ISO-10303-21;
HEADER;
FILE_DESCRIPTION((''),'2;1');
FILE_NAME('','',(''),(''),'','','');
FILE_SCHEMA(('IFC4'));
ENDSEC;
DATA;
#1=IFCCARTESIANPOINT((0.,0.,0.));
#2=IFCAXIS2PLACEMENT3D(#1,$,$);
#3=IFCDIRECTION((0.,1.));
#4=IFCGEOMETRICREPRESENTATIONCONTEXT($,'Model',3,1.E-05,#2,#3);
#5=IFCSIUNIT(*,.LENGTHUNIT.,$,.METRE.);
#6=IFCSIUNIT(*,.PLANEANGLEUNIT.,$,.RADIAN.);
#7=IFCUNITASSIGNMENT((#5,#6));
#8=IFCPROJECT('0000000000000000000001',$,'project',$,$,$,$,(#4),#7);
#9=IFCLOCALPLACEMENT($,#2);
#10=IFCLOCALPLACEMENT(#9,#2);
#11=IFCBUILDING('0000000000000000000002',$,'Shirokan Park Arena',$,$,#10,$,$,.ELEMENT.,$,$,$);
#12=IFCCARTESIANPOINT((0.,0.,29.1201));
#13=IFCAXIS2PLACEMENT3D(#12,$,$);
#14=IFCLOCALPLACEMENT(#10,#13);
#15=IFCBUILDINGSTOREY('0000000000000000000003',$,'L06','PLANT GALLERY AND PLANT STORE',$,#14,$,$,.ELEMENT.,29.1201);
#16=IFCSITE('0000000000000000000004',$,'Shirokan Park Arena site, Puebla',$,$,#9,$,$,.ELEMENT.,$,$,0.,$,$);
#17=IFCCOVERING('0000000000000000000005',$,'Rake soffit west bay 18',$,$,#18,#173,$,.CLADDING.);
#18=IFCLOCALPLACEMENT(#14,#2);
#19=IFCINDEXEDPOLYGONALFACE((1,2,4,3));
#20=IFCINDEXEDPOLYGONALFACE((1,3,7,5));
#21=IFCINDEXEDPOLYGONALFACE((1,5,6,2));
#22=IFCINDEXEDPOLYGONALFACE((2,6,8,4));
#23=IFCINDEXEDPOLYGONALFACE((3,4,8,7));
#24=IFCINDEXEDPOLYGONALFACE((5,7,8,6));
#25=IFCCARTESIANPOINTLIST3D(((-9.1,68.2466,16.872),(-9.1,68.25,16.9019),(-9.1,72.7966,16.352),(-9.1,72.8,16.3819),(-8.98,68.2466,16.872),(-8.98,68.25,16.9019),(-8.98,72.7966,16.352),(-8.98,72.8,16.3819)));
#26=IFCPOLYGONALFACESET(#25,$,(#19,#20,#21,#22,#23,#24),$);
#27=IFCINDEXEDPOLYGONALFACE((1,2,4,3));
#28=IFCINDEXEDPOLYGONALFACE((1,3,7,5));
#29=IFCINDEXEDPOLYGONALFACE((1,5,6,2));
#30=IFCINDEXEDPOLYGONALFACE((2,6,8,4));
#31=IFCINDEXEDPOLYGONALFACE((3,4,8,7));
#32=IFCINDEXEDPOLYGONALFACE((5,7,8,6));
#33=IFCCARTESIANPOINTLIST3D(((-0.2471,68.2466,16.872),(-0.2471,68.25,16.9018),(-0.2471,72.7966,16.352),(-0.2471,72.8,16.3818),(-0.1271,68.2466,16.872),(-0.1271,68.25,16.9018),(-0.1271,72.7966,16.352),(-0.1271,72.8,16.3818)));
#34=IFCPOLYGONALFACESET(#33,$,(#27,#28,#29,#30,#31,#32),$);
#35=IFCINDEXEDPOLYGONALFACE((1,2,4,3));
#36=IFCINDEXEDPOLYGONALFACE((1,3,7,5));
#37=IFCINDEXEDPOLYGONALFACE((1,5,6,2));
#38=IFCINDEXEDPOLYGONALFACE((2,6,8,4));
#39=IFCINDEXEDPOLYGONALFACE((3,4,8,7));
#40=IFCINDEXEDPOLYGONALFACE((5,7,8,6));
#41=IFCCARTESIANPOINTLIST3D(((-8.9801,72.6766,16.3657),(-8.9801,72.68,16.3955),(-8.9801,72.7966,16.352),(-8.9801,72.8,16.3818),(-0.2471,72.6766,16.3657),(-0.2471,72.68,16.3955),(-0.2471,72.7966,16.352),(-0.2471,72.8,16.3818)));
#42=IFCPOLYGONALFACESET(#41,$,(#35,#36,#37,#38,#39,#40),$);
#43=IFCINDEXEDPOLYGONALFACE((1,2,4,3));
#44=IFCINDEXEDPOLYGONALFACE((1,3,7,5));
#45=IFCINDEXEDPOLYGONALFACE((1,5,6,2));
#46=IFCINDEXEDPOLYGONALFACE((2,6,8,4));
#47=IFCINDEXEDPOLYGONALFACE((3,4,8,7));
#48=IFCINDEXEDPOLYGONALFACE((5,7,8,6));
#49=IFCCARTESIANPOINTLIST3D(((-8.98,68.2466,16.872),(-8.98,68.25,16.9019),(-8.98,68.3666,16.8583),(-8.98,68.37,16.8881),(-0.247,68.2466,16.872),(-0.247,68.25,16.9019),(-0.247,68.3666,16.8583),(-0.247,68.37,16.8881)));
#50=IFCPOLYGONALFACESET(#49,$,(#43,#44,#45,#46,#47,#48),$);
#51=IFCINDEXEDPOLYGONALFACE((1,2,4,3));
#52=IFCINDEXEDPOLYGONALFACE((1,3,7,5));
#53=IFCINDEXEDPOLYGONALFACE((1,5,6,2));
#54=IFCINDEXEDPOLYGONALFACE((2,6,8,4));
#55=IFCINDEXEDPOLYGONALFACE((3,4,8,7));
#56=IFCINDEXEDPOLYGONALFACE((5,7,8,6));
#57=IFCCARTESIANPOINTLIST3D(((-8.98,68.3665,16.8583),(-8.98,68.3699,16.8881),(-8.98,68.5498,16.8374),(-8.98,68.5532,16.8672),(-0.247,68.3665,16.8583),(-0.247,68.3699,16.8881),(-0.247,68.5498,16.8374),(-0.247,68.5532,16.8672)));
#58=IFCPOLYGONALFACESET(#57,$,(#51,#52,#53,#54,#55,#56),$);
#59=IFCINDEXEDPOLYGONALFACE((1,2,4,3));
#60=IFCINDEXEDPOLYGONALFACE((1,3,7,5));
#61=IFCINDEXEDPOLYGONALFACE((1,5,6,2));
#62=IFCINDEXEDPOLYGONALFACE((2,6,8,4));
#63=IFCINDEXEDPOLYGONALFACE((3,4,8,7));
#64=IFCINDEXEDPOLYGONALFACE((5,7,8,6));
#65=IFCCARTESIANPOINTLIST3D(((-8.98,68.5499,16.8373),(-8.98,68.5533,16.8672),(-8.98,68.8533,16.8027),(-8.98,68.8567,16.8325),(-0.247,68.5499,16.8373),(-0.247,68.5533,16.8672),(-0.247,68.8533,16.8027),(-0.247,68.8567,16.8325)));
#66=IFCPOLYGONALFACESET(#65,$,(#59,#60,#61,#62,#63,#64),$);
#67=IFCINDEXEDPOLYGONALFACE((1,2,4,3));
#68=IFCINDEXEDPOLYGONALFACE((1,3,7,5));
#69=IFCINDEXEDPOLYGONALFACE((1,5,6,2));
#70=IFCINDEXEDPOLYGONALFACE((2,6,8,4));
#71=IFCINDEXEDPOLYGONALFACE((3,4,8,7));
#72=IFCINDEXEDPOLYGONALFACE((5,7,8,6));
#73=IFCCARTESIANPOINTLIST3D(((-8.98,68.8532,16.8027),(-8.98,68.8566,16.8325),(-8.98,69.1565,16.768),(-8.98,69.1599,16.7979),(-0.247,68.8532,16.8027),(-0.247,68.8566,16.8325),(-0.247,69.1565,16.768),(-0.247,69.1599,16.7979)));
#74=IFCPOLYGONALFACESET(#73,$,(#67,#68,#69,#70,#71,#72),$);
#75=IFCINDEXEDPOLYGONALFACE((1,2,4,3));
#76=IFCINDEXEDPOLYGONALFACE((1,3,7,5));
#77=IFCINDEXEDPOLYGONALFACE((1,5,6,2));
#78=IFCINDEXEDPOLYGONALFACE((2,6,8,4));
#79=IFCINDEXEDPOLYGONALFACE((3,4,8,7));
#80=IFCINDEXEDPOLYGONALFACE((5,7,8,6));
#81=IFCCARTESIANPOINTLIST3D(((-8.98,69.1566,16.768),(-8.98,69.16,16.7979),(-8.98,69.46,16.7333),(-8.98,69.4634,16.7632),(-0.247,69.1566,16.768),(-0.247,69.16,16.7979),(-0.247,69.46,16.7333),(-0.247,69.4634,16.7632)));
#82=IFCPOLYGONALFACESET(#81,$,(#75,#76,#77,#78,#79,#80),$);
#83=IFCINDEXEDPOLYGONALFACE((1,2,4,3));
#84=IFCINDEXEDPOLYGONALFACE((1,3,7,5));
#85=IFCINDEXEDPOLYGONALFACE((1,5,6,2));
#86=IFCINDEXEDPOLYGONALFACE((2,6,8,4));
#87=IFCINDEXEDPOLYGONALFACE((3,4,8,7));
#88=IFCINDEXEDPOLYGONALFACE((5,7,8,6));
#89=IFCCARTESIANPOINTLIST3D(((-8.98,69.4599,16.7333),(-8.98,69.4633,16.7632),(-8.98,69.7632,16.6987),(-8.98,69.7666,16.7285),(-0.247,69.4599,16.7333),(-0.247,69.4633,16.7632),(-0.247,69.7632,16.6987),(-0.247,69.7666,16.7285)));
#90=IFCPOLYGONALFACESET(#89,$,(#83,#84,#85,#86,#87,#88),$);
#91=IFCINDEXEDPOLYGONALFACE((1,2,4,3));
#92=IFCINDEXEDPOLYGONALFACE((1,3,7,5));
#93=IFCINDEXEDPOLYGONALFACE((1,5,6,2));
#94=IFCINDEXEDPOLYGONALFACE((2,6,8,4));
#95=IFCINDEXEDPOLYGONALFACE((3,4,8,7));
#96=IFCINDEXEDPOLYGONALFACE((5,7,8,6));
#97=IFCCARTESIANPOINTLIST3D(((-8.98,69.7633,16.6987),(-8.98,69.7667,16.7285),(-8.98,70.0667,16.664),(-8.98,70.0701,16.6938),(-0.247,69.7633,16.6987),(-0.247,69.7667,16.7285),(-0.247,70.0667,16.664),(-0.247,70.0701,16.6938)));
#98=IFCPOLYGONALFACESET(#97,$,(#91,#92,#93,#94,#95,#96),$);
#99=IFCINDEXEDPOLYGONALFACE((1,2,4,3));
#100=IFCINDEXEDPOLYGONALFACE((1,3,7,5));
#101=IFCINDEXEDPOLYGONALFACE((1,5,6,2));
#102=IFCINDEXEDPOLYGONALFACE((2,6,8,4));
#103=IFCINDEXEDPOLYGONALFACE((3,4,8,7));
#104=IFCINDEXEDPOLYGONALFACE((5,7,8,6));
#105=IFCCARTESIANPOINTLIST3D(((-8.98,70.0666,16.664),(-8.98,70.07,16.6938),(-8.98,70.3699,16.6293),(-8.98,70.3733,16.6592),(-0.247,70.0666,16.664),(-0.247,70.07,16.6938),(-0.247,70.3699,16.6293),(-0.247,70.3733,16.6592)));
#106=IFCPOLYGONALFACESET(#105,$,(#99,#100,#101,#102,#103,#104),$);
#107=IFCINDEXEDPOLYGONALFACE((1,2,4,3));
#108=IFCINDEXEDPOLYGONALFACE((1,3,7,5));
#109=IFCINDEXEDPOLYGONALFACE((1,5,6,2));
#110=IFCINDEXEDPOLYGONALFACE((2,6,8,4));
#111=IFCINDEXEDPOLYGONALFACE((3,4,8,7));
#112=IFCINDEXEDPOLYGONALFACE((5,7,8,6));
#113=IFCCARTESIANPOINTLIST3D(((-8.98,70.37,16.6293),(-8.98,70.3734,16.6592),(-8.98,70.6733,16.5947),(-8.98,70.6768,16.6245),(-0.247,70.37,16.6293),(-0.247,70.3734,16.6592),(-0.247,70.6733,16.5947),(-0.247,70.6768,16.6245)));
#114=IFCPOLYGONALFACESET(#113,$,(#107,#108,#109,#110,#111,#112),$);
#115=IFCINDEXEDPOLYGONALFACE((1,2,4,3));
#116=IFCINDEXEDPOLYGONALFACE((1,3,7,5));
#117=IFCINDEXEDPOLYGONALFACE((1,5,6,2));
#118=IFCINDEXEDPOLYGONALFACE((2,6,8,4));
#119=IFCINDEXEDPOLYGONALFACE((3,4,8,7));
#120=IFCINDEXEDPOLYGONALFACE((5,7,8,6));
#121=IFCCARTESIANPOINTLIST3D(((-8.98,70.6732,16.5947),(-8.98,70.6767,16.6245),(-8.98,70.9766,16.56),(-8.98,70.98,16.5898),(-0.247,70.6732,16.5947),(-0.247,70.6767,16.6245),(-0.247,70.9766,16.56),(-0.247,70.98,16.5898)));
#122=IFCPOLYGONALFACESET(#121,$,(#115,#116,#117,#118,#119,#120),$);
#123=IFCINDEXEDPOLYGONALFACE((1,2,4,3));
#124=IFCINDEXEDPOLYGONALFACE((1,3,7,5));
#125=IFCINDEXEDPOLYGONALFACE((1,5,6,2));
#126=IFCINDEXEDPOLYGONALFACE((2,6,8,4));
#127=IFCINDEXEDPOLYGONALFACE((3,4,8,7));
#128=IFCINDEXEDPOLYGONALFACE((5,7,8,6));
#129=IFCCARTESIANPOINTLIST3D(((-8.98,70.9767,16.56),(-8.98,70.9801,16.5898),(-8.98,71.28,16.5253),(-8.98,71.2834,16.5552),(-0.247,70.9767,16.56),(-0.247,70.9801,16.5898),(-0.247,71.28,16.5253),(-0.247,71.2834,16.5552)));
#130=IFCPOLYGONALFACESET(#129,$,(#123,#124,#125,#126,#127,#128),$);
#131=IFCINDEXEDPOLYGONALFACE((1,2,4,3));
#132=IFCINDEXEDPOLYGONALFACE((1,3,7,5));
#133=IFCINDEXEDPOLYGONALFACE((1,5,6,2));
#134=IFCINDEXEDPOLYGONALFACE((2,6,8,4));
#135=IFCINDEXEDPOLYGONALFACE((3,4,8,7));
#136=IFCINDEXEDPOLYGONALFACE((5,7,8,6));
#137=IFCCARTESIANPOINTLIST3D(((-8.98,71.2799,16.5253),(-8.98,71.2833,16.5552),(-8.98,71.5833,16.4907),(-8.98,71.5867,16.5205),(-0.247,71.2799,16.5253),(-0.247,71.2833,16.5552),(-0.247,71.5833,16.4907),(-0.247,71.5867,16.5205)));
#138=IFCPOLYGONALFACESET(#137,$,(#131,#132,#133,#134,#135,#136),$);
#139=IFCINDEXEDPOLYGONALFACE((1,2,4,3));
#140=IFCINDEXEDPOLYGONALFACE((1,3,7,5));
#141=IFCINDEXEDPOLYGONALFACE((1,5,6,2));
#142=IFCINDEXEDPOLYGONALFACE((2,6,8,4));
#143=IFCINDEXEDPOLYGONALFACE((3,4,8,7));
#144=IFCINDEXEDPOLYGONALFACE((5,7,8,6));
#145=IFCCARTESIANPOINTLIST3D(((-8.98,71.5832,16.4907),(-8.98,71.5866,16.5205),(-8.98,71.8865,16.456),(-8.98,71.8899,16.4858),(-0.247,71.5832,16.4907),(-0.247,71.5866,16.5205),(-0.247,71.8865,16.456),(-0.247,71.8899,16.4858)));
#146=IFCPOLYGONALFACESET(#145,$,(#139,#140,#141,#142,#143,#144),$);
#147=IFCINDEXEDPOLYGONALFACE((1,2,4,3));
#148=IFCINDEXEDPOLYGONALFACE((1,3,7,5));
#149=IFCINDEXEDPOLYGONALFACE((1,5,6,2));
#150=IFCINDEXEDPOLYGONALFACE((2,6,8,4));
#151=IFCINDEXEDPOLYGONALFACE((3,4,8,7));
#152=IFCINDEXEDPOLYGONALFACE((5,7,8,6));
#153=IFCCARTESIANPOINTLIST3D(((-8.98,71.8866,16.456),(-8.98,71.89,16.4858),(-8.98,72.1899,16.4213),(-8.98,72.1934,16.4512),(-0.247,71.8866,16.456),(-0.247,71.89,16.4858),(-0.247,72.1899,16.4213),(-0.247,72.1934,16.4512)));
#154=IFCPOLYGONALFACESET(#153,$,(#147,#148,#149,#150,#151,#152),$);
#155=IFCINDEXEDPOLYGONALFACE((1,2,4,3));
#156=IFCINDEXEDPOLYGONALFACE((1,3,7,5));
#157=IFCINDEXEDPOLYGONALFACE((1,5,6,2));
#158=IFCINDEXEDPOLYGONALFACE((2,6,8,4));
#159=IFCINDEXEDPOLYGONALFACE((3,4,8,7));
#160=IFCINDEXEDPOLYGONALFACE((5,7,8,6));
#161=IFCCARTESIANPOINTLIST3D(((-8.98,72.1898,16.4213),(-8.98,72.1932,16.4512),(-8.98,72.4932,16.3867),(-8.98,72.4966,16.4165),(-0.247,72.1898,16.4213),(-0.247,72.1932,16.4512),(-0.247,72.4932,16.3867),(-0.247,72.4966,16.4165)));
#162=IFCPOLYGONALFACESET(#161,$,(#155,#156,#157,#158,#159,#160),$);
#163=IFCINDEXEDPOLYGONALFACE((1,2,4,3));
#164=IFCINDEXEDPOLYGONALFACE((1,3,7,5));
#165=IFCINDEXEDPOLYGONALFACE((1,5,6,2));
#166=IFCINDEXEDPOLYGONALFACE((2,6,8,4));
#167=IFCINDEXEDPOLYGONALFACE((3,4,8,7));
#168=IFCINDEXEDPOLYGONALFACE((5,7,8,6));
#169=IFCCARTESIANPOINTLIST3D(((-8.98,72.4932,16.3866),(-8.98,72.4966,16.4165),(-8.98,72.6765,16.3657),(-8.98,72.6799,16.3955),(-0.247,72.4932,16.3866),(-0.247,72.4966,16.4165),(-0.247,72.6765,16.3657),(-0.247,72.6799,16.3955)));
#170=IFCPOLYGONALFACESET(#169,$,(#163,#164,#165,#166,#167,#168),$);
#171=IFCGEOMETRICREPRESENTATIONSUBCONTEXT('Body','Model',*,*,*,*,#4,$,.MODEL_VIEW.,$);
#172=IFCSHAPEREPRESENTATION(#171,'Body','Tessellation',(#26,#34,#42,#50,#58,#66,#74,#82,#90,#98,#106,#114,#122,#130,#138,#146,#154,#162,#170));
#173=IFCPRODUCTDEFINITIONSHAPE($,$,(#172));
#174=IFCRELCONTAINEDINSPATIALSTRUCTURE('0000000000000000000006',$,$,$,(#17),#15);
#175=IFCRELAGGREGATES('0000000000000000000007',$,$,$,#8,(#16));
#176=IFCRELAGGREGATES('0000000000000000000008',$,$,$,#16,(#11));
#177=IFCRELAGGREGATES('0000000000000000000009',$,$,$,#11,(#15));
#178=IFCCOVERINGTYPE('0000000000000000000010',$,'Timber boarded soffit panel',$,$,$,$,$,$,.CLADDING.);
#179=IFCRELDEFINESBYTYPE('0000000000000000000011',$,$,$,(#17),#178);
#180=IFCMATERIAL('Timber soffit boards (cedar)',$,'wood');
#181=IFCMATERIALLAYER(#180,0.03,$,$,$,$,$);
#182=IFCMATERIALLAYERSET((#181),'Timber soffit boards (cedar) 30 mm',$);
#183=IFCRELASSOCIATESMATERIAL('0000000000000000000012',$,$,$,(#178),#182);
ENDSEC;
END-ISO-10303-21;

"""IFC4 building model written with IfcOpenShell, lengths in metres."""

from ifc_helpers import new_model, si_unit, direction, frame, origin, place, context, subcontext, project, spatial, polyline, outline, extrude, material, layer, layer_set, type_object, element, save


model = new_model("IFC4")

# Units and contexts
model_context = context("Model", 3, precision=1e-05, world=origin(), true_north=direction((0.0, 1.0)))
body_context = subcontext(model_context, "Body", "Model", "MODEL_VIEW")
ifc_project = project(units=[si_unit("LENGTHUNIT", "METRE"), si_unit("PLANEANGLEUNIT", "RADIAN")], contexts=[model_context])

# Site, building, storey
site_placement = place(None, origin())
site = spatial("IfcSite", under=ifc_project, at=site_placement, Name="Shirokan Park Arena site, Puebla", CompositionType="ELEMENT", RefElevation=0.0)
building_placement = place(site_placement, origin())
building = spatial("IfcBuilding", under=site, at=building_placement, Name="Shirokan Park Arena", CompositionType="ELEMENT")
storey_placement = place(building_placement, frame((0.0, 0.0, 29.1201)))
storey = spatial("IfcBuildingStorey", under=building, at=storey_placement, Name="L06", Description="PLANT GALLERY AND PLANT STORE", CompositionType="ELEMENT", Elevation=29.1201)

# Covering
ifc_material = material(Name="Timber soffit boards (cedar)", Category="wood")
ifc_layer = layer(ifc_material, 0.03)
ifc_layer_set = layer_set([ifc_layer], Name="Timber soffit boards (cedar) 30 mm")
covering_type = type_object("IfcCoveringType", Name="Timber boarded soffit panel", PredefinedType="CLADDING", material=ifc_layer_set)
covering_1_placement = place(storey_placement, origin())
element("IfcCovering", 1, at=covering_1_placement, inside=storey, type_object=covering_type, Name="Rake soffit west bay 18", PredefinedType="CLADDING", context=body_context, shape_type="SweptSolid", body=[
    extrude(outline(polyline([(0.0, 0.0), (0.12, 0.0), (0.12, -4.5796), (0.0, -4.5796), (0.0, 0.0)])), frame((-8.98, 68.25, 16.9019), z_axis=(0.0, 0.113547, 0.993533), x_axis=(-1.0, 0.0, 0.0)), (0.0, 0.0, -1.0), 0.03),
    extrude(outline(polyline([(0.0, 0.0), (0.12, 0.0), (0.12, -4.5796), (0.0, -4.5796), (0.0, 0.0)])), frame((-0.2471, 72.8, 16.3818), z_axis=(0.0, 0.113547, 0.993533), x_axis=(1.0, 0.0, 0.0)), (0.0, 0.0, -1.0), 0.03),
    extrude(outline(polyline([(0.0, 0.0), (0.1208, 0.0), (0.1208, -8.733), (0.0, -8.733), (0.0, 0.0)])), frame((-0.2471, 72.8, 16.3818), z_axis=(0.0, 0.113512, 0.993537), x_axis=(0.0, -0.993537, 0.113512)), (0.0, 0.0, -1.0), 0.03),
    extrude(outline(polyline([(0.0, 0.0), (0.1208, 0.0), (0.1208, -8.733), (0.0, -8.733), (0.0, 0.0)])), frame((-8.98, 68.25, 16.9019), z_axis=(0.0, 0.113512, 0.993537), x_axis=(0.0, 0.993537, -0.113512)), (0.0, 0.0, -1.0), 0.03),
    extrude(outline(polyline([(0.0, 0.0), (8.733, 0.0), (8.733, -0.1845), (0.0, -0.1845), (0.0, 0.0)])), frame((-8.98, 68.5532, 16.8672), z_axis=(0.0, 0.113589, 0.993528), x_axis=(1.0, 0.0, 0.0)), (0.0, 0.0, -1.0), 0.03),
    extrude(outline(polyline([(0.0, 0.0), (8.733, 0.0), (8.733, -0.3053), (0.0, -0.3053), (0.0, 0.0)])), frame((-8.98, 68.8567, 16.8325), z_axis=(0.0, 0.113523, 0.993535), x_axis=(1.0, 0.0, 0.0)), (0.0, 0.0, -1.0), 0.03),
    extrude(outline(polyline([(0.0, 0.0), (8.733, 0.0), (8.733, -0.3053), (0.0, -0.3053), (0.0, 0.0)])), frame((-8.98, 69.1599, 16.7979), z_axis=(0.0, 0.113559, 0.993531), x_axis=(1.0, 0.0, 0.0)), (0.0, 0.0, -1.0), 0.03),
    extrude(outline(polyline([(0.0, 0.0), (8.733, 0.0), (8.733, -0.3053), (0.0, -0.3053), (0.0, 0.0)])), frame((-8.98, 69.4634, 16.7632), z_axis=(0.0, 0.113559, 0.993531), x_axis=(1.0, 0.0, 0.0)), (0.0, 0.0, -1.0), 0.03),
    extrude(outline(polyline([(0.0, 0.0), (8.733, 0.0), (8.733, -0.3053), (0.0, -0.3053), (0.0, 0.0)])), frame((-8.98, 69.7666, 16.7285), z_axis=(0.0, 0.113523, 0.993535), x_axis=(1.0, 0.0, 0.0)), (0.0, 0.0, -1.0), 0.03),
    extrude(outline(polyline([(0.0, 0.0), (8.733, 0.0), (8.733, -0.3053), (0.0, -0.3053), (0.0, 0.0)])), frame((-8.98, 70.0701, 16.6938), z_axis=(0.0, 0.113559, 0.993531), x_axis=(1.0, 0.0, 0.0)), (0.0, 0.0, -1.0), 0.03),
    extrude(outline(polyline([(0.0, 0.0), (8.733, 0.0), (8.733, -0.3053), (0.0, -0.3053), (0.0, 0.0)])), frame((-8.98, 70.3733, 16.6592), z_axis=(0.0, 0.113559, 0.993531), x_axis=(1.0, 0.0, 0.0)), (0.0, 0.0, -1.0), 0.03),
    extrude(outline(polyline([(0.0, 0.0), (8.733, 0.0), (8.733, -0.3053), (0.0, -0.3053), (0.0, 0.0)])), frame((-8.98, 70.6768, 16.6245), z_axis=(0.0, 0.113523, 0.993535), x_axis=(1.0, 0.0, 0.0)), (0.0, 0.0, -1.0), 0.03),
    extrude(outline(polyline([(0.0, 0.0), (8.733, 0.0), (8.733, -0.3053), (0.0, -0.3053), (0.0, 0.0)])), frame((-8.98, 70.98, 16.5898), z_axis=(0.0, 0.113559, 0.993531), x_axis=(1.0, 0.0, 0.0)), (0.0, 0.0, -1.0), 0.03),
    extrude(outline(polyline([(0.0, 0.0), (8.733, 0.0), (8.733, -0.3053), (0.0, -0.3053), (0.0, 0.0)])), frame((-8.98, 71.2834, 16.5552), z_axis=(0.0, 0.113559, 0.993531), x_axis=(1.0, 0.0, 0.0)), (0.0, 0.0, -1.0), 0.03),
    extrude(outline(polyline([(0.0, 0.0), (8.733, 0.0), (8.733, -0.3053), (0.0, -0.3053), (0.0, 0.0)])), frame((-8.98, 71.5867, 16.5205), z_axis=(0.0, 0.113523, 0.993535), x_axis=(1.0, 0.0, 0.0)), (0.0, 0.0, -1.0), 0.03),
    extrude(outline(polyline([(0.0, 0.0), (8.733, 0.0), (8.733, -0.3053), (0.0, -0.3053), (0.0, 0.0)])), frame((-8.98, 71.8899, 16.4858), z_axis=(0.0, 0.113559, 0.993531), x_axis=(1.0, 0.0, 0.0)), (0.0, 0.0, -1.0), 0.03),
    extrude(outline(polyline([(0.0, 0.0), (8.733, 0.0), (8.733, -0.3053), (0.0, -0.3053), (0.0, 0.0)])), frame((-8.98, 72.1934, 16.4512), z_axis=(0.0, 0.113559, 0.993531), x_axis=(1.0, 0.0, 0.0)), (0.0, 0.0, -1.0), 0.03),
    extrude(outline(polyline([(0.0, 0.0), (8.733, 0.0), (8.733, -0.3053), (0.0, -0.3053), (0.0, 0.0)])), frame((-8.98, 72.4966, 16.4165), z_axis=(0.0, 0.113523, 0.993535), x_axis=(1.0, 0.0, 0.0)), (0.0, 0.0, -1.0), 0.03),
    extrude(outline(polyline([(0.0, 0.0), (8.733, 0.0), (8.733, -0.1845), (0.0, -0.1845), (0.0, 0.0)])), frame((-8.98, 72.6799, 16.3955), z_axis=(0.0, 0.113589, 0.993528), x_axis=(1.0, 0.0, 0.0)), (0.0, 0.0, -1.0), 0.03),
])

save(model, "model.ifc")
